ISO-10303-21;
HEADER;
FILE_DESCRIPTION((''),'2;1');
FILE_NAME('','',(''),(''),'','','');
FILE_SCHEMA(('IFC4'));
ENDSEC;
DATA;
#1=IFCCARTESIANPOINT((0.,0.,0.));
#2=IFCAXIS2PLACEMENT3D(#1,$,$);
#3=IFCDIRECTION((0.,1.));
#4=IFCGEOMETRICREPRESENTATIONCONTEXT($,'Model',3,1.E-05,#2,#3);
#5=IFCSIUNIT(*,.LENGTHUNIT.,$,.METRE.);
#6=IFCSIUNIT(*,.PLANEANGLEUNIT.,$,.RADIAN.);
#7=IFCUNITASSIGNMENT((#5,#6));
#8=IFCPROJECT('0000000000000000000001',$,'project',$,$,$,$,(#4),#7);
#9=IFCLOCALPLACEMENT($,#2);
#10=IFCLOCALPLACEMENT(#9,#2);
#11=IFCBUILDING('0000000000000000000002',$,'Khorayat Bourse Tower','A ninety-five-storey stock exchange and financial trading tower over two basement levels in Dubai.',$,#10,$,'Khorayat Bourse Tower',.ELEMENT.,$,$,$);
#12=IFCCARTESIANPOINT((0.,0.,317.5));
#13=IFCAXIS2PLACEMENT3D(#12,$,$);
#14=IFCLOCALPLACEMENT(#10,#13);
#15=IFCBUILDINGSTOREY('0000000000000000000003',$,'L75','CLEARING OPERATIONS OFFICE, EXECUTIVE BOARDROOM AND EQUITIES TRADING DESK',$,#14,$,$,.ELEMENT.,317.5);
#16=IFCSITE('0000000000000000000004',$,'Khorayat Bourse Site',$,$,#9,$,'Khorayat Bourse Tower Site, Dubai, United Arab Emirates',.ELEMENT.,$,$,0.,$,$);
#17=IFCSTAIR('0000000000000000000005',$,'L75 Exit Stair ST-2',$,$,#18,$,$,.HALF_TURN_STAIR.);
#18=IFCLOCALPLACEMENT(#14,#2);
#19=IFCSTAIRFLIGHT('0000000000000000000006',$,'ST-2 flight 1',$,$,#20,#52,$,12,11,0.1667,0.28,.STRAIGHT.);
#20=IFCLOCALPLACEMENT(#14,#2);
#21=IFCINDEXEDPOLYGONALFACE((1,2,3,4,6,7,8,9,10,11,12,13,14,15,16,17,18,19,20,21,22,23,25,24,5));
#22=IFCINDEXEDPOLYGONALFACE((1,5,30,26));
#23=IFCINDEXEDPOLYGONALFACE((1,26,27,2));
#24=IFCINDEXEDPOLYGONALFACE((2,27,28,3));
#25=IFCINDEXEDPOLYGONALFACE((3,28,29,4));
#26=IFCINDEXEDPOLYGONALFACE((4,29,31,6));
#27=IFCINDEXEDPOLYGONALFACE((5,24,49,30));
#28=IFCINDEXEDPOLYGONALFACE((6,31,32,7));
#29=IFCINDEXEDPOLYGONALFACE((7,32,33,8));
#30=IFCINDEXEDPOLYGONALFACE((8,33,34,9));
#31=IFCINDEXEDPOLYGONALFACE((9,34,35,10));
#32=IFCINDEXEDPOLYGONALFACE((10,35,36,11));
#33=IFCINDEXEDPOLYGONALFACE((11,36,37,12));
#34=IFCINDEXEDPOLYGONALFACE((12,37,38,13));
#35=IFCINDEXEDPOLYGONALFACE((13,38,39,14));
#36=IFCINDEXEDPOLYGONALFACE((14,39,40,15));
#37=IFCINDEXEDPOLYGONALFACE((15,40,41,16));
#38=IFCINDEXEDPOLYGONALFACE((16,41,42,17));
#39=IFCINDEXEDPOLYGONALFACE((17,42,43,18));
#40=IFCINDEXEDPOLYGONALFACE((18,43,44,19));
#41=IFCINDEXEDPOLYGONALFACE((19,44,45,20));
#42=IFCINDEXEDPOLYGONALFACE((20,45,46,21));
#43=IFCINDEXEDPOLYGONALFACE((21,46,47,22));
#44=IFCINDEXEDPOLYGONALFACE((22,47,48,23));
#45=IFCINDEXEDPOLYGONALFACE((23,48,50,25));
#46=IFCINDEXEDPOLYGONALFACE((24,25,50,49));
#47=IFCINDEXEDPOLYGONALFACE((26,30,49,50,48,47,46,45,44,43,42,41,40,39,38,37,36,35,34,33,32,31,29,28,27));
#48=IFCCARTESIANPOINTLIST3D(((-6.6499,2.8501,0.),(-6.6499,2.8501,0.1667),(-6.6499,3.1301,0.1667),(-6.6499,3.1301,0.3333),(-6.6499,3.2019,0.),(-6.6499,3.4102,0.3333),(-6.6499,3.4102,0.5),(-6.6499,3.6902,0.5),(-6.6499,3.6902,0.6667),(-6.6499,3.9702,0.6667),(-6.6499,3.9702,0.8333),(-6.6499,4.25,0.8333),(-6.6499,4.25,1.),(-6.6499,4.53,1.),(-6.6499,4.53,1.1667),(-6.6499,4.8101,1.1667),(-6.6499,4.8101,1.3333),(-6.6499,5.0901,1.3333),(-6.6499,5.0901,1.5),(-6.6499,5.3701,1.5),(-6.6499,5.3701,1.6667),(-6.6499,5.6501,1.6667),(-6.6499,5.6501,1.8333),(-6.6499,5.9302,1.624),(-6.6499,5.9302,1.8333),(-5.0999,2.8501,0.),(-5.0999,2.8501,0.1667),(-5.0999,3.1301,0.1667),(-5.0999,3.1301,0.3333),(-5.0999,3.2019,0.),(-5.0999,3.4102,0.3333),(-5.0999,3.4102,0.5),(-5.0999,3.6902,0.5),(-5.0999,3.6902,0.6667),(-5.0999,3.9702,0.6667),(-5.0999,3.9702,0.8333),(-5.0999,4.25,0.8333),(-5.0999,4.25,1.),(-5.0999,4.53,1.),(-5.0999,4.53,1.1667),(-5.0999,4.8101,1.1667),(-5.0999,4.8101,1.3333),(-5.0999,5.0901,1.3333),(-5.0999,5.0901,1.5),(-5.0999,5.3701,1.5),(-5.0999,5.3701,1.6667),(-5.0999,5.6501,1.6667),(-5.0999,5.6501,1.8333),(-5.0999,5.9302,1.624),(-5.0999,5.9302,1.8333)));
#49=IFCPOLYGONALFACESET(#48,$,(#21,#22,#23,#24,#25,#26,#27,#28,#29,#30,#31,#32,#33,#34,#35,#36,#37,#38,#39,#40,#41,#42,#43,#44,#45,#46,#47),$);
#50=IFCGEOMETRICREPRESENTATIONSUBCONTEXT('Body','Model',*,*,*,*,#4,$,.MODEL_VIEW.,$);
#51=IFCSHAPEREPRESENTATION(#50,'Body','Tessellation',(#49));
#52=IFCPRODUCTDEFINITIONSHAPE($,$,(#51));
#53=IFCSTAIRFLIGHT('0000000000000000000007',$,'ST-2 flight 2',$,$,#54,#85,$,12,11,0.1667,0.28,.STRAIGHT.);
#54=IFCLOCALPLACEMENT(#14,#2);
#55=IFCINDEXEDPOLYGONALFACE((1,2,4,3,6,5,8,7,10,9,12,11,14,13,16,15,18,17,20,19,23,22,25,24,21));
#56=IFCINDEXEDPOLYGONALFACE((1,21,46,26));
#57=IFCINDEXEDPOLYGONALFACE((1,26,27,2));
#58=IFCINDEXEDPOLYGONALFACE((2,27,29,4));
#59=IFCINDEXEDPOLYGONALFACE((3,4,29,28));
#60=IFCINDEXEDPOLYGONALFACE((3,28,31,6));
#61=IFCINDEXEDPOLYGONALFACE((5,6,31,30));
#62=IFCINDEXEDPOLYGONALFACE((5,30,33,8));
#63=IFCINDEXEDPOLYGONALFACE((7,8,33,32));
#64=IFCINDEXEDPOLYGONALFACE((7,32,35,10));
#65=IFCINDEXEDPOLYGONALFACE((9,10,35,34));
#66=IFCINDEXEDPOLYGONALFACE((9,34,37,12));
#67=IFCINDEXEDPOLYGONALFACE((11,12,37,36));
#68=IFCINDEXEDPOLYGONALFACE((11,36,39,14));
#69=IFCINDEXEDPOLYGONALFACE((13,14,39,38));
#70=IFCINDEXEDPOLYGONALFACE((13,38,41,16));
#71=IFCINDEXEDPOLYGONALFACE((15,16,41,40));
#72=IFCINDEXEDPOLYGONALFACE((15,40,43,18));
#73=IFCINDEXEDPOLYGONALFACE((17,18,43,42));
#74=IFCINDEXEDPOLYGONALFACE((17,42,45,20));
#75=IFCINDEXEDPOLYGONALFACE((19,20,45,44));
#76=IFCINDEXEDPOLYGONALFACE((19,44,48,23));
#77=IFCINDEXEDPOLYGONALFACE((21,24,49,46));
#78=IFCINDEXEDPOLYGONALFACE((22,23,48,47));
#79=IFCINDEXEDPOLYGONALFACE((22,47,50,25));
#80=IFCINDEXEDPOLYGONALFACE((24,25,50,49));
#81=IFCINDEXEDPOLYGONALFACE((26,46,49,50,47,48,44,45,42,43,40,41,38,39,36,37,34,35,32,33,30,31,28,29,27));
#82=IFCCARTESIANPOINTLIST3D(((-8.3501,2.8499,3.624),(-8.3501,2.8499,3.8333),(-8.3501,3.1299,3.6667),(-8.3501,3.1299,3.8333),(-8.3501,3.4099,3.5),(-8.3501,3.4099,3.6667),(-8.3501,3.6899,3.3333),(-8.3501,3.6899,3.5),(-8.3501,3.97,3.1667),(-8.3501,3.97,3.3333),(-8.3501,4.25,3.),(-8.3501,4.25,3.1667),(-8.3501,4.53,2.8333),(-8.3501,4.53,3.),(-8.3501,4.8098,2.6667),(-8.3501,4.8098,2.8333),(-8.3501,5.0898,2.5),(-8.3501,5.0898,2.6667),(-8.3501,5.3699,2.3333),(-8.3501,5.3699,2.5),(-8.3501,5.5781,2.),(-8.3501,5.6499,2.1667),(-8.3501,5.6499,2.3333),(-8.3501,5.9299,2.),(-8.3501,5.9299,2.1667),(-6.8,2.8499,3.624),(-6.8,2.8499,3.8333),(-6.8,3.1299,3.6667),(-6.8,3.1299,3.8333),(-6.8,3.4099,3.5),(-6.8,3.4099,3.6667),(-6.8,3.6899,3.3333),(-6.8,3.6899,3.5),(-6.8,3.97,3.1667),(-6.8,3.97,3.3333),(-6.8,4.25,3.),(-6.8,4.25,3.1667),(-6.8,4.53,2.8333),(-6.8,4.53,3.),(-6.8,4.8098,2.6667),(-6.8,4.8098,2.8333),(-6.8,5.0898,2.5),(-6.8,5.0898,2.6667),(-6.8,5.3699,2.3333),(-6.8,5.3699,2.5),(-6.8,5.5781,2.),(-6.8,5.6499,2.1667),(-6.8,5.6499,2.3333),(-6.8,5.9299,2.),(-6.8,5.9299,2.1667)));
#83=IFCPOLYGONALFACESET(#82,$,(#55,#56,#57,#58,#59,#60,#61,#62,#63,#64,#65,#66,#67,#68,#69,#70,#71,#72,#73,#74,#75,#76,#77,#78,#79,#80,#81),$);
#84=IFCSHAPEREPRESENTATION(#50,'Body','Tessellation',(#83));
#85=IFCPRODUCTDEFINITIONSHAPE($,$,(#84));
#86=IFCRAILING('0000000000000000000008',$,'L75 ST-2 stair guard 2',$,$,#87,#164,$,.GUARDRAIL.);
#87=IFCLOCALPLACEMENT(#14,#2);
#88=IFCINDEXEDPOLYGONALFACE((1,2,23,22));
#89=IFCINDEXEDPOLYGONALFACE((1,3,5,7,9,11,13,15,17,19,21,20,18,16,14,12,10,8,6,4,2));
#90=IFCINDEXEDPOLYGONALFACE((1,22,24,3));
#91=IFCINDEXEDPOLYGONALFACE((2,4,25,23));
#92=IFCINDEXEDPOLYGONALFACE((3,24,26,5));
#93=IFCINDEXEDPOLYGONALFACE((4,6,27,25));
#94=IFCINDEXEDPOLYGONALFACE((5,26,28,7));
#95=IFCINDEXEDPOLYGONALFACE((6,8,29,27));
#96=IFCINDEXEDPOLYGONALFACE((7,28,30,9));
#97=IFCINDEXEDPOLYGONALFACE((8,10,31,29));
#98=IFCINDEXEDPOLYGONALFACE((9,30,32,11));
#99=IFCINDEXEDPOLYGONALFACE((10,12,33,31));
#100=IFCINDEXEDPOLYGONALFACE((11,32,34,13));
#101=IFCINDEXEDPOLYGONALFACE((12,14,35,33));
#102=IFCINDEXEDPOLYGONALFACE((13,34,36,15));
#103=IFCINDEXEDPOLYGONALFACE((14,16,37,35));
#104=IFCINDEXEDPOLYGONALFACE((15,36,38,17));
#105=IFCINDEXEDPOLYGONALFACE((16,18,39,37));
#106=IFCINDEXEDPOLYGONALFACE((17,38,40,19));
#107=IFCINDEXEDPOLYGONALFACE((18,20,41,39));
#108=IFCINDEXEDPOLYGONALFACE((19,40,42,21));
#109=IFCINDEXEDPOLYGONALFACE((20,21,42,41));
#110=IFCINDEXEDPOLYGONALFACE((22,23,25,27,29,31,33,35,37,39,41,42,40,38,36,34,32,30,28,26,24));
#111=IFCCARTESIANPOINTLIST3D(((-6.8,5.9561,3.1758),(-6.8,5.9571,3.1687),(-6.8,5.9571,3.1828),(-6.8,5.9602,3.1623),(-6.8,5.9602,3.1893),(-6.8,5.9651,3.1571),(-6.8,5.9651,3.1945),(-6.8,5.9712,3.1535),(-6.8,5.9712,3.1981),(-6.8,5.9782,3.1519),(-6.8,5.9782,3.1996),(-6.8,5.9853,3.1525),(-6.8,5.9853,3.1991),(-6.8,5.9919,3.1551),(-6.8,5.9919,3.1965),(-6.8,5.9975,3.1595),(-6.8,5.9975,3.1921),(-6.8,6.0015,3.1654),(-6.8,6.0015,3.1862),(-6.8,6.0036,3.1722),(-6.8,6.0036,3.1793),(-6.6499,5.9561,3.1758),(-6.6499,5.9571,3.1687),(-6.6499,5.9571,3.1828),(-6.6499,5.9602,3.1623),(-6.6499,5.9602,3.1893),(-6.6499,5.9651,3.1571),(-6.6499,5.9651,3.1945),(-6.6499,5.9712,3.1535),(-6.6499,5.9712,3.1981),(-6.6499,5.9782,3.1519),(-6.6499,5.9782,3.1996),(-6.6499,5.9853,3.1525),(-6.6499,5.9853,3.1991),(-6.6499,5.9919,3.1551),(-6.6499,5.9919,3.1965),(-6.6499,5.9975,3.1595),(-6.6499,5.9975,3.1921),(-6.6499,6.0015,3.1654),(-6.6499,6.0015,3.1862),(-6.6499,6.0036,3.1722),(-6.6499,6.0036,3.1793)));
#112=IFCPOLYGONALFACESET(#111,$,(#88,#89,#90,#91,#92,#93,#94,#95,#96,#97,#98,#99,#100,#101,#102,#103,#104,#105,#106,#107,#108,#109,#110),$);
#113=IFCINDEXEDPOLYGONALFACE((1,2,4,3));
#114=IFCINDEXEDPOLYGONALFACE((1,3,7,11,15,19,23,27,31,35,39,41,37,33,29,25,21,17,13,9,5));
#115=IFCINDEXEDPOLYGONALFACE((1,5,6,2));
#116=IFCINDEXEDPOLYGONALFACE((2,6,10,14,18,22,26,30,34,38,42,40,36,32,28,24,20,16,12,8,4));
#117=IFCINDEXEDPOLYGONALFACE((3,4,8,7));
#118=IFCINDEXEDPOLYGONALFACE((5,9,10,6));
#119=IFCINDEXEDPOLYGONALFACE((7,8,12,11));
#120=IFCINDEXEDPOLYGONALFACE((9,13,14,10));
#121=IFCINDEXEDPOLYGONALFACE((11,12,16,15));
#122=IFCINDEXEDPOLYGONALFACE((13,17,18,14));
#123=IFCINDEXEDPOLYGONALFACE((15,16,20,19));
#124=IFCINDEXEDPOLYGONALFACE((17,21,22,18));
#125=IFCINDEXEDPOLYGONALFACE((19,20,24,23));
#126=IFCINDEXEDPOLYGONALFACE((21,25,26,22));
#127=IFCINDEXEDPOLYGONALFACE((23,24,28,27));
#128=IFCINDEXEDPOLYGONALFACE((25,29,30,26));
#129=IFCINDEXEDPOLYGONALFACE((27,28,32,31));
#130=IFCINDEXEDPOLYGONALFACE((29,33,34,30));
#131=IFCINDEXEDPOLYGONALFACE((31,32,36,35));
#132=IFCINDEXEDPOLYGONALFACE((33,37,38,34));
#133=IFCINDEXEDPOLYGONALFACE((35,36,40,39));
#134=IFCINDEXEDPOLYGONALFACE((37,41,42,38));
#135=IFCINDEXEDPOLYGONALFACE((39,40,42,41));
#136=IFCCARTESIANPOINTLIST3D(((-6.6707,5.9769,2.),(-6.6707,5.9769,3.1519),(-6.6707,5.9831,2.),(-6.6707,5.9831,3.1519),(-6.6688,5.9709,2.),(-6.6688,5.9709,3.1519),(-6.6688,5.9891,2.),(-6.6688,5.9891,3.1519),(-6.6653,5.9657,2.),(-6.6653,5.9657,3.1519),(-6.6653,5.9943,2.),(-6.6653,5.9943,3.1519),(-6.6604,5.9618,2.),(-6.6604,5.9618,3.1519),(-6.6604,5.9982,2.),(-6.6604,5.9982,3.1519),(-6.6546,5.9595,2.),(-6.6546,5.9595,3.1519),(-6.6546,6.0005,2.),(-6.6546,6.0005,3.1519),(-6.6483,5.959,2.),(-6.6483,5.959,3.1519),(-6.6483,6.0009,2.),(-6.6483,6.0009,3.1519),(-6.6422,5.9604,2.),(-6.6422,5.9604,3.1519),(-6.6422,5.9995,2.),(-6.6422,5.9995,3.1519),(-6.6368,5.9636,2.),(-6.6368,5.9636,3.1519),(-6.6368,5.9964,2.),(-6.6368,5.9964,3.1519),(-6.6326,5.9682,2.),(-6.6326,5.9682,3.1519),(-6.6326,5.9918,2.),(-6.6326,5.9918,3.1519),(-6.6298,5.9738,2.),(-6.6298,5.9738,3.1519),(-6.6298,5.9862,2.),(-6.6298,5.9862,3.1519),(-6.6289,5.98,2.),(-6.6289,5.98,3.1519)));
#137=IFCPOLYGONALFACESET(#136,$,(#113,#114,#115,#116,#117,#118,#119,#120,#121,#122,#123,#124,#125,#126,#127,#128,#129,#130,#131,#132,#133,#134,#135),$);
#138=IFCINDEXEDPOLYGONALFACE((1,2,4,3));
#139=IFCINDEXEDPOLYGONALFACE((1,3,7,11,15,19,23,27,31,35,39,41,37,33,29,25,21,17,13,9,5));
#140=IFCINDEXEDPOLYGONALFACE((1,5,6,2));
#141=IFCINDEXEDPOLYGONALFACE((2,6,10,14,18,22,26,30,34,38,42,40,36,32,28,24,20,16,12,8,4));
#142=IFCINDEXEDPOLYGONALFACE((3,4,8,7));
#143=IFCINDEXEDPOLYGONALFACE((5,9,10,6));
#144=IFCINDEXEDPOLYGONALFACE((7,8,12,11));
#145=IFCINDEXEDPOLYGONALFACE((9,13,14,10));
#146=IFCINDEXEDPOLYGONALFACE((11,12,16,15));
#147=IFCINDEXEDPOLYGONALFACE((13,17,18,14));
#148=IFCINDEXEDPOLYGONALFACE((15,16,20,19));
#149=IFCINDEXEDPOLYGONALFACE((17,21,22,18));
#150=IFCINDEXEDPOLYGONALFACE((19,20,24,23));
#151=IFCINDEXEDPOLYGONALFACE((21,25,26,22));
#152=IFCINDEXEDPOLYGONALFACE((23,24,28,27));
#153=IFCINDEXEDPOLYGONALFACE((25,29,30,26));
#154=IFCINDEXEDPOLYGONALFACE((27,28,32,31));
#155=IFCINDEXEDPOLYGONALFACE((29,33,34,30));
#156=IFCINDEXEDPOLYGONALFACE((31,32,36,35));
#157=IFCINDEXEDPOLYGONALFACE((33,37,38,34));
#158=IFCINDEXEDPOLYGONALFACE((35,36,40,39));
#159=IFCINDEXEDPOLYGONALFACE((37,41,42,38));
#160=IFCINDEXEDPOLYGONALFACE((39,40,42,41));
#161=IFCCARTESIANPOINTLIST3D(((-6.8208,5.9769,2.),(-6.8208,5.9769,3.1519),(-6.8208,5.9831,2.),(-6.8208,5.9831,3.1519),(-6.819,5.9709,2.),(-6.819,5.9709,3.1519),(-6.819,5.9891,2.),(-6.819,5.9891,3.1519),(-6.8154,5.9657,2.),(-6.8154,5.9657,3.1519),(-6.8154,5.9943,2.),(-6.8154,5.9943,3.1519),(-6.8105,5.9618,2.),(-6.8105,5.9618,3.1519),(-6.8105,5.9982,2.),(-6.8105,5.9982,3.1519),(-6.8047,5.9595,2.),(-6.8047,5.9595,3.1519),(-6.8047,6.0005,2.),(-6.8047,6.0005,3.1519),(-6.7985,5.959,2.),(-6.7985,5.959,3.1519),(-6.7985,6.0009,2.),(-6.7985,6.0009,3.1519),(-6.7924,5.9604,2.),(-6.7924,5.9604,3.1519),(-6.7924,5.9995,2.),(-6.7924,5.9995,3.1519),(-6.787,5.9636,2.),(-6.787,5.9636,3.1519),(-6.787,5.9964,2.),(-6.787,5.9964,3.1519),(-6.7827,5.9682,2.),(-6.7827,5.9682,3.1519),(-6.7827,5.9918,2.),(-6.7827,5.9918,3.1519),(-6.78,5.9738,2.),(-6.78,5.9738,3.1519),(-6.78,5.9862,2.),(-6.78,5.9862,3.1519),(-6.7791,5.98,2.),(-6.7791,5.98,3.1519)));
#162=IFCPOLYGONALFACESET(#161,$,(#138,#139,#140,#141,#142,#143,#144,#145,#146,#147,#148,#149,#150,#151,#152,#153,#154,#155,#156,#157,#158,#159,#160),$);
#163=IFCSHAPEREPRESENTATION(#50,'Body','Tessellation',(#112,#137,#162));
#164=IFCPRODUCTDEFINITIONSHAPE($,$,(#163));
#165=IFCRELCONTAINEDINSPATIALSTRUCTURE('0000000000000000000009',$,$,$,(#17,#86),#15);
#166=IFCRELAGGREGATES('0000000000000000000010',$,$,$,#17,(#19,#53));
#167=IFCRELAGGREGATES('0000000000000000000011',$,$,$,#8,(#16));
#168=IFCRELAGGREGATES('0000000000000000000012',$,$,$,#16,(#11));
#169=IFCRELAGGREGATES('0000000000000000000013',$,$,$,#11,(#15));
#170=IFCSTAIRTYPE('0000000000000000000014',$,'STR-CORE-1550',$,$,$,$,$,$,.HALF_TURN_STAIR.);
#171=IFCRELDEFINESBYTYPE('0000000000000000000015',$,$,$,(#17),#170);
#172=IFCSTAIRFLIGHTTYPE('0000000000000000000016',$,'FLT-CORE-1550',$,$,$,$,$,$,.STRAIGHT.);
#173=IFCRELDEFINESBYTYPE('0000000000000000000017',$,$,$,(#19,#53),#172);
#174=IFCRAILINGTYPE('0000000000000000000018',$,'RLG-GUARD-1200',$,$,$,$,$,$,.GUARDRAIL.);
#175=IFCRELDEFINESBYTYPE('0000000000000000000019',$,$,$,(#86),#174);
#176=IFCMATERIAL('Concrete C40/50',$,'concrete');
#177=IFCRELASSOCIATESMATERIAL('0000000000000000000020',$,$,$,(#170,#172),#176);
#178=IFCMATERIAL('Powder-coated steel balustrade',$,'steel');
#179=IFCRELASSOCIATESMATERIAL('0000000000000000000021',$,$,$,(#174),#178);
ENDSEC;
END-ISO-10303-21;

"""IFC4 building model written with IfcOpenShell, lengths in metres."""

from ifc_helpers import new_model, si_unit, direction, frame, origin, origin_2d, place, context, subcontext, project, spatial, polyline, circle, outline, extrude, source, transform, mapped, material, type_object, element, aggregate, save


model = new_model("IFC4")

# Units and contexts
model_context = context("Model", 3, precision=1e-05, world=origin(), true_north=direction((0.0, 1.0)))
body_context = subcontext(model_context, "Body", "Model", "MODEL_VIEW")
ifc_project = project(units=[si_unit("LENGTHUNIT", "METRE"), si_unit("PLANEANGLEUNIT", "RADIAN")], contexts=[model_context])

# Site, building, storey
site_placement = place(None, origin())
site = spatial("IfcSite", under=ifc_project, at=site_placement, Name="Khorayat Bourse Site", LongName="Khorayat Bourse Tower Site, Dubai, United Arab Emirates", CompositionType="ELEMENT", RefElevation=0.0)
building_placement = place(site_placement, origin())
building = spatial("IfcBuilding", under=site, at=building_placement, Name="Khorayat Bourse Tower", Description="A ninety-five-storey stock exchange and financial trading tower over two basement levels in Dubai.", LongName="Khorayat Bourse Tower", CompositionType="ELEMENT")
storey_placement = place(building_placement, frame((0.0, 0.0, 317.5)))
storey = spatial("IfcBuildingStorey", under=building, at=storey_placement, Name="L75", Description="CLEARING OPERATIONS OFFICE, EXECUTIVE BOARDROOM AND EQUITIES TRADING DESK", CompositionType="ELEMENT", Elevation=317.5)

# Stair, stair flights
ifc_material_1 = material(Name="Concrete C40/50", Category="concrete")
stair_type = type_object("IfcStairType", Name="STR-CORE-1550", PredefinedType="HALF_TURN_STAIR", material=ifc_material_1)
stair_placement = place(storey_placement, origin())
stair = element("IfcStair", 1, at=stair_placement, inside=storey, type_object=stair_type, Name="L75 Exit Stair ST-2", PredefinedType="HALF_TURN_STAIR")
stair_flight_type = type_object("IfcStairFlightType", Name="FLT-CORE-1550", PredefinedType="STRAIGHT", material=ifc_material_1)
shared_shape_1 = source(origin(), body_context, "Body", "SweptSolid", [
    extrude(outline(polyline([(0.0, 0.0), (0.0, 0.1667), (0.28, 0.1667), (0.28, 0.3333), (0.5601, 0.3333), (0.5601, 0.5), (0.8401, 0.5), (0.8401, 0.6667), (1.1201, 0.6667), (1.1201, 0.8333), (1.3999, 0.8333), (1.3999, 1.0), (1.6799, 1.0), (1.6799, 1.1667), (1.96, 1.1667), (1.96, 1.3333), (2.24, 1.3333), (2.24, 1.5), (2.52, 1.5), (2.52, 1.6667), (2.8, 1.6667), (2.8, 1.8333), (3.0801, 1.8333), (3.0801, 2.0), (3.0801, 1.624), (0.3518, 0.0), (0.0, 0.0)])), frame((0.0, 0.7749, 0.0), z_axis=(0.0, -1.0, 0.0), x_axis=(1.0, 0.0, 0.0)), (0.0, 0.0, 1.0), 1.55),
])
stair_flight_1_placement = place(storey_placement, frame((-5.875, 2.8501, 0.0), z_axis=(0.0, 0.0, 1.0), x_axis=(0.0, 1.0, 0.0)))
stair_flight_1 = element("IfcStairFlight", 2, at=stair_flight_1_placement, type_object=stair_flight_type, Name="ST-2 flight 1", NumberOfRisers=12, NumberOfTreads=11, PredefinedType="STRAIGHT", RiserHeight=0.1667, TreadLength=0.28, context=body_context, shape_type="MappedRepresentation", body=[
    mapped(shared_shape_1, transform((0.0, 0.0, 0.0), scale=1.0)),
])
stair_flight_2_placement = place(storey_placement, frame((-7.575, 5.9299, 2.0), z_axis=(0.0, 0.0, 1.0), x_axis=(0.0, -1.0, 0.0)))
stair_flight_2 = element("IfcStairFlight", 3, at=stair_flight_2_placement, type_object=stair_flight_type, Name="ST-2 flight 2", NumberOfRisers=12, NumberOfTreads=11, PredefinedType="STRAIGHT", RiserHeight=0.1667, TreadLength=0.28, context=body_context, shape_type="MappedRepresentation", body=[
    mapped(shared_shape_1, transform((0.0, 0.0, 0.0), scale=1.0)),
])
aggregate(stair, [stair_flight_1, stair_flight_2])

# Railing
ifc_material_2 = material(Name="Powder-coated steel balustrade", Category="steel")
railing_type_1 = type_object("IfcRailingType", Name="RLG-GUARD-1200", PredefinedType="GUARDRAIL", material=ifc_material_2)
shared_shape_2 = source(origin(), body_context, "Body", "SweptSolid", [
    extrude(circle(Radius=0.0239, at=origin_2d()), frame((0.0, 0.0, 1.1758), z_axis=(-1.0, 0.0, 0.0), x_axis=(0.0, -1.0, 0.0)), (0.0, 0.0, 1.0), 0.1501),
    extrude(circle(Radius=0.021, at=origin_2d()), origin(), (0.0, 0.0, 1.0), 1.1519),
    extrude(circle(Radius=0.021, at=origin_2d()), frame((-0.1501, 0.0, 0.0)), (0.0, 0.0, 1.0), 1.1519),
])
for number, where, name in (
    (4, (-6.6499, 5.98, 2.0), "L75 ST-2 stair guard 2"),
):
    element("IfcRailing", number, at=place(storey_placement, frame(where)), inside=storey, type_object=railing_type_1, Name=name, PredefinedType="GUARDRAIL", context=body_context, shape_type="MappedRepresentation", body=[
        mapped(shared_shape_2, transform((0.0, 0.0, 0.0), scale=1.0)),
    ])

save(model, "model.ifc")
